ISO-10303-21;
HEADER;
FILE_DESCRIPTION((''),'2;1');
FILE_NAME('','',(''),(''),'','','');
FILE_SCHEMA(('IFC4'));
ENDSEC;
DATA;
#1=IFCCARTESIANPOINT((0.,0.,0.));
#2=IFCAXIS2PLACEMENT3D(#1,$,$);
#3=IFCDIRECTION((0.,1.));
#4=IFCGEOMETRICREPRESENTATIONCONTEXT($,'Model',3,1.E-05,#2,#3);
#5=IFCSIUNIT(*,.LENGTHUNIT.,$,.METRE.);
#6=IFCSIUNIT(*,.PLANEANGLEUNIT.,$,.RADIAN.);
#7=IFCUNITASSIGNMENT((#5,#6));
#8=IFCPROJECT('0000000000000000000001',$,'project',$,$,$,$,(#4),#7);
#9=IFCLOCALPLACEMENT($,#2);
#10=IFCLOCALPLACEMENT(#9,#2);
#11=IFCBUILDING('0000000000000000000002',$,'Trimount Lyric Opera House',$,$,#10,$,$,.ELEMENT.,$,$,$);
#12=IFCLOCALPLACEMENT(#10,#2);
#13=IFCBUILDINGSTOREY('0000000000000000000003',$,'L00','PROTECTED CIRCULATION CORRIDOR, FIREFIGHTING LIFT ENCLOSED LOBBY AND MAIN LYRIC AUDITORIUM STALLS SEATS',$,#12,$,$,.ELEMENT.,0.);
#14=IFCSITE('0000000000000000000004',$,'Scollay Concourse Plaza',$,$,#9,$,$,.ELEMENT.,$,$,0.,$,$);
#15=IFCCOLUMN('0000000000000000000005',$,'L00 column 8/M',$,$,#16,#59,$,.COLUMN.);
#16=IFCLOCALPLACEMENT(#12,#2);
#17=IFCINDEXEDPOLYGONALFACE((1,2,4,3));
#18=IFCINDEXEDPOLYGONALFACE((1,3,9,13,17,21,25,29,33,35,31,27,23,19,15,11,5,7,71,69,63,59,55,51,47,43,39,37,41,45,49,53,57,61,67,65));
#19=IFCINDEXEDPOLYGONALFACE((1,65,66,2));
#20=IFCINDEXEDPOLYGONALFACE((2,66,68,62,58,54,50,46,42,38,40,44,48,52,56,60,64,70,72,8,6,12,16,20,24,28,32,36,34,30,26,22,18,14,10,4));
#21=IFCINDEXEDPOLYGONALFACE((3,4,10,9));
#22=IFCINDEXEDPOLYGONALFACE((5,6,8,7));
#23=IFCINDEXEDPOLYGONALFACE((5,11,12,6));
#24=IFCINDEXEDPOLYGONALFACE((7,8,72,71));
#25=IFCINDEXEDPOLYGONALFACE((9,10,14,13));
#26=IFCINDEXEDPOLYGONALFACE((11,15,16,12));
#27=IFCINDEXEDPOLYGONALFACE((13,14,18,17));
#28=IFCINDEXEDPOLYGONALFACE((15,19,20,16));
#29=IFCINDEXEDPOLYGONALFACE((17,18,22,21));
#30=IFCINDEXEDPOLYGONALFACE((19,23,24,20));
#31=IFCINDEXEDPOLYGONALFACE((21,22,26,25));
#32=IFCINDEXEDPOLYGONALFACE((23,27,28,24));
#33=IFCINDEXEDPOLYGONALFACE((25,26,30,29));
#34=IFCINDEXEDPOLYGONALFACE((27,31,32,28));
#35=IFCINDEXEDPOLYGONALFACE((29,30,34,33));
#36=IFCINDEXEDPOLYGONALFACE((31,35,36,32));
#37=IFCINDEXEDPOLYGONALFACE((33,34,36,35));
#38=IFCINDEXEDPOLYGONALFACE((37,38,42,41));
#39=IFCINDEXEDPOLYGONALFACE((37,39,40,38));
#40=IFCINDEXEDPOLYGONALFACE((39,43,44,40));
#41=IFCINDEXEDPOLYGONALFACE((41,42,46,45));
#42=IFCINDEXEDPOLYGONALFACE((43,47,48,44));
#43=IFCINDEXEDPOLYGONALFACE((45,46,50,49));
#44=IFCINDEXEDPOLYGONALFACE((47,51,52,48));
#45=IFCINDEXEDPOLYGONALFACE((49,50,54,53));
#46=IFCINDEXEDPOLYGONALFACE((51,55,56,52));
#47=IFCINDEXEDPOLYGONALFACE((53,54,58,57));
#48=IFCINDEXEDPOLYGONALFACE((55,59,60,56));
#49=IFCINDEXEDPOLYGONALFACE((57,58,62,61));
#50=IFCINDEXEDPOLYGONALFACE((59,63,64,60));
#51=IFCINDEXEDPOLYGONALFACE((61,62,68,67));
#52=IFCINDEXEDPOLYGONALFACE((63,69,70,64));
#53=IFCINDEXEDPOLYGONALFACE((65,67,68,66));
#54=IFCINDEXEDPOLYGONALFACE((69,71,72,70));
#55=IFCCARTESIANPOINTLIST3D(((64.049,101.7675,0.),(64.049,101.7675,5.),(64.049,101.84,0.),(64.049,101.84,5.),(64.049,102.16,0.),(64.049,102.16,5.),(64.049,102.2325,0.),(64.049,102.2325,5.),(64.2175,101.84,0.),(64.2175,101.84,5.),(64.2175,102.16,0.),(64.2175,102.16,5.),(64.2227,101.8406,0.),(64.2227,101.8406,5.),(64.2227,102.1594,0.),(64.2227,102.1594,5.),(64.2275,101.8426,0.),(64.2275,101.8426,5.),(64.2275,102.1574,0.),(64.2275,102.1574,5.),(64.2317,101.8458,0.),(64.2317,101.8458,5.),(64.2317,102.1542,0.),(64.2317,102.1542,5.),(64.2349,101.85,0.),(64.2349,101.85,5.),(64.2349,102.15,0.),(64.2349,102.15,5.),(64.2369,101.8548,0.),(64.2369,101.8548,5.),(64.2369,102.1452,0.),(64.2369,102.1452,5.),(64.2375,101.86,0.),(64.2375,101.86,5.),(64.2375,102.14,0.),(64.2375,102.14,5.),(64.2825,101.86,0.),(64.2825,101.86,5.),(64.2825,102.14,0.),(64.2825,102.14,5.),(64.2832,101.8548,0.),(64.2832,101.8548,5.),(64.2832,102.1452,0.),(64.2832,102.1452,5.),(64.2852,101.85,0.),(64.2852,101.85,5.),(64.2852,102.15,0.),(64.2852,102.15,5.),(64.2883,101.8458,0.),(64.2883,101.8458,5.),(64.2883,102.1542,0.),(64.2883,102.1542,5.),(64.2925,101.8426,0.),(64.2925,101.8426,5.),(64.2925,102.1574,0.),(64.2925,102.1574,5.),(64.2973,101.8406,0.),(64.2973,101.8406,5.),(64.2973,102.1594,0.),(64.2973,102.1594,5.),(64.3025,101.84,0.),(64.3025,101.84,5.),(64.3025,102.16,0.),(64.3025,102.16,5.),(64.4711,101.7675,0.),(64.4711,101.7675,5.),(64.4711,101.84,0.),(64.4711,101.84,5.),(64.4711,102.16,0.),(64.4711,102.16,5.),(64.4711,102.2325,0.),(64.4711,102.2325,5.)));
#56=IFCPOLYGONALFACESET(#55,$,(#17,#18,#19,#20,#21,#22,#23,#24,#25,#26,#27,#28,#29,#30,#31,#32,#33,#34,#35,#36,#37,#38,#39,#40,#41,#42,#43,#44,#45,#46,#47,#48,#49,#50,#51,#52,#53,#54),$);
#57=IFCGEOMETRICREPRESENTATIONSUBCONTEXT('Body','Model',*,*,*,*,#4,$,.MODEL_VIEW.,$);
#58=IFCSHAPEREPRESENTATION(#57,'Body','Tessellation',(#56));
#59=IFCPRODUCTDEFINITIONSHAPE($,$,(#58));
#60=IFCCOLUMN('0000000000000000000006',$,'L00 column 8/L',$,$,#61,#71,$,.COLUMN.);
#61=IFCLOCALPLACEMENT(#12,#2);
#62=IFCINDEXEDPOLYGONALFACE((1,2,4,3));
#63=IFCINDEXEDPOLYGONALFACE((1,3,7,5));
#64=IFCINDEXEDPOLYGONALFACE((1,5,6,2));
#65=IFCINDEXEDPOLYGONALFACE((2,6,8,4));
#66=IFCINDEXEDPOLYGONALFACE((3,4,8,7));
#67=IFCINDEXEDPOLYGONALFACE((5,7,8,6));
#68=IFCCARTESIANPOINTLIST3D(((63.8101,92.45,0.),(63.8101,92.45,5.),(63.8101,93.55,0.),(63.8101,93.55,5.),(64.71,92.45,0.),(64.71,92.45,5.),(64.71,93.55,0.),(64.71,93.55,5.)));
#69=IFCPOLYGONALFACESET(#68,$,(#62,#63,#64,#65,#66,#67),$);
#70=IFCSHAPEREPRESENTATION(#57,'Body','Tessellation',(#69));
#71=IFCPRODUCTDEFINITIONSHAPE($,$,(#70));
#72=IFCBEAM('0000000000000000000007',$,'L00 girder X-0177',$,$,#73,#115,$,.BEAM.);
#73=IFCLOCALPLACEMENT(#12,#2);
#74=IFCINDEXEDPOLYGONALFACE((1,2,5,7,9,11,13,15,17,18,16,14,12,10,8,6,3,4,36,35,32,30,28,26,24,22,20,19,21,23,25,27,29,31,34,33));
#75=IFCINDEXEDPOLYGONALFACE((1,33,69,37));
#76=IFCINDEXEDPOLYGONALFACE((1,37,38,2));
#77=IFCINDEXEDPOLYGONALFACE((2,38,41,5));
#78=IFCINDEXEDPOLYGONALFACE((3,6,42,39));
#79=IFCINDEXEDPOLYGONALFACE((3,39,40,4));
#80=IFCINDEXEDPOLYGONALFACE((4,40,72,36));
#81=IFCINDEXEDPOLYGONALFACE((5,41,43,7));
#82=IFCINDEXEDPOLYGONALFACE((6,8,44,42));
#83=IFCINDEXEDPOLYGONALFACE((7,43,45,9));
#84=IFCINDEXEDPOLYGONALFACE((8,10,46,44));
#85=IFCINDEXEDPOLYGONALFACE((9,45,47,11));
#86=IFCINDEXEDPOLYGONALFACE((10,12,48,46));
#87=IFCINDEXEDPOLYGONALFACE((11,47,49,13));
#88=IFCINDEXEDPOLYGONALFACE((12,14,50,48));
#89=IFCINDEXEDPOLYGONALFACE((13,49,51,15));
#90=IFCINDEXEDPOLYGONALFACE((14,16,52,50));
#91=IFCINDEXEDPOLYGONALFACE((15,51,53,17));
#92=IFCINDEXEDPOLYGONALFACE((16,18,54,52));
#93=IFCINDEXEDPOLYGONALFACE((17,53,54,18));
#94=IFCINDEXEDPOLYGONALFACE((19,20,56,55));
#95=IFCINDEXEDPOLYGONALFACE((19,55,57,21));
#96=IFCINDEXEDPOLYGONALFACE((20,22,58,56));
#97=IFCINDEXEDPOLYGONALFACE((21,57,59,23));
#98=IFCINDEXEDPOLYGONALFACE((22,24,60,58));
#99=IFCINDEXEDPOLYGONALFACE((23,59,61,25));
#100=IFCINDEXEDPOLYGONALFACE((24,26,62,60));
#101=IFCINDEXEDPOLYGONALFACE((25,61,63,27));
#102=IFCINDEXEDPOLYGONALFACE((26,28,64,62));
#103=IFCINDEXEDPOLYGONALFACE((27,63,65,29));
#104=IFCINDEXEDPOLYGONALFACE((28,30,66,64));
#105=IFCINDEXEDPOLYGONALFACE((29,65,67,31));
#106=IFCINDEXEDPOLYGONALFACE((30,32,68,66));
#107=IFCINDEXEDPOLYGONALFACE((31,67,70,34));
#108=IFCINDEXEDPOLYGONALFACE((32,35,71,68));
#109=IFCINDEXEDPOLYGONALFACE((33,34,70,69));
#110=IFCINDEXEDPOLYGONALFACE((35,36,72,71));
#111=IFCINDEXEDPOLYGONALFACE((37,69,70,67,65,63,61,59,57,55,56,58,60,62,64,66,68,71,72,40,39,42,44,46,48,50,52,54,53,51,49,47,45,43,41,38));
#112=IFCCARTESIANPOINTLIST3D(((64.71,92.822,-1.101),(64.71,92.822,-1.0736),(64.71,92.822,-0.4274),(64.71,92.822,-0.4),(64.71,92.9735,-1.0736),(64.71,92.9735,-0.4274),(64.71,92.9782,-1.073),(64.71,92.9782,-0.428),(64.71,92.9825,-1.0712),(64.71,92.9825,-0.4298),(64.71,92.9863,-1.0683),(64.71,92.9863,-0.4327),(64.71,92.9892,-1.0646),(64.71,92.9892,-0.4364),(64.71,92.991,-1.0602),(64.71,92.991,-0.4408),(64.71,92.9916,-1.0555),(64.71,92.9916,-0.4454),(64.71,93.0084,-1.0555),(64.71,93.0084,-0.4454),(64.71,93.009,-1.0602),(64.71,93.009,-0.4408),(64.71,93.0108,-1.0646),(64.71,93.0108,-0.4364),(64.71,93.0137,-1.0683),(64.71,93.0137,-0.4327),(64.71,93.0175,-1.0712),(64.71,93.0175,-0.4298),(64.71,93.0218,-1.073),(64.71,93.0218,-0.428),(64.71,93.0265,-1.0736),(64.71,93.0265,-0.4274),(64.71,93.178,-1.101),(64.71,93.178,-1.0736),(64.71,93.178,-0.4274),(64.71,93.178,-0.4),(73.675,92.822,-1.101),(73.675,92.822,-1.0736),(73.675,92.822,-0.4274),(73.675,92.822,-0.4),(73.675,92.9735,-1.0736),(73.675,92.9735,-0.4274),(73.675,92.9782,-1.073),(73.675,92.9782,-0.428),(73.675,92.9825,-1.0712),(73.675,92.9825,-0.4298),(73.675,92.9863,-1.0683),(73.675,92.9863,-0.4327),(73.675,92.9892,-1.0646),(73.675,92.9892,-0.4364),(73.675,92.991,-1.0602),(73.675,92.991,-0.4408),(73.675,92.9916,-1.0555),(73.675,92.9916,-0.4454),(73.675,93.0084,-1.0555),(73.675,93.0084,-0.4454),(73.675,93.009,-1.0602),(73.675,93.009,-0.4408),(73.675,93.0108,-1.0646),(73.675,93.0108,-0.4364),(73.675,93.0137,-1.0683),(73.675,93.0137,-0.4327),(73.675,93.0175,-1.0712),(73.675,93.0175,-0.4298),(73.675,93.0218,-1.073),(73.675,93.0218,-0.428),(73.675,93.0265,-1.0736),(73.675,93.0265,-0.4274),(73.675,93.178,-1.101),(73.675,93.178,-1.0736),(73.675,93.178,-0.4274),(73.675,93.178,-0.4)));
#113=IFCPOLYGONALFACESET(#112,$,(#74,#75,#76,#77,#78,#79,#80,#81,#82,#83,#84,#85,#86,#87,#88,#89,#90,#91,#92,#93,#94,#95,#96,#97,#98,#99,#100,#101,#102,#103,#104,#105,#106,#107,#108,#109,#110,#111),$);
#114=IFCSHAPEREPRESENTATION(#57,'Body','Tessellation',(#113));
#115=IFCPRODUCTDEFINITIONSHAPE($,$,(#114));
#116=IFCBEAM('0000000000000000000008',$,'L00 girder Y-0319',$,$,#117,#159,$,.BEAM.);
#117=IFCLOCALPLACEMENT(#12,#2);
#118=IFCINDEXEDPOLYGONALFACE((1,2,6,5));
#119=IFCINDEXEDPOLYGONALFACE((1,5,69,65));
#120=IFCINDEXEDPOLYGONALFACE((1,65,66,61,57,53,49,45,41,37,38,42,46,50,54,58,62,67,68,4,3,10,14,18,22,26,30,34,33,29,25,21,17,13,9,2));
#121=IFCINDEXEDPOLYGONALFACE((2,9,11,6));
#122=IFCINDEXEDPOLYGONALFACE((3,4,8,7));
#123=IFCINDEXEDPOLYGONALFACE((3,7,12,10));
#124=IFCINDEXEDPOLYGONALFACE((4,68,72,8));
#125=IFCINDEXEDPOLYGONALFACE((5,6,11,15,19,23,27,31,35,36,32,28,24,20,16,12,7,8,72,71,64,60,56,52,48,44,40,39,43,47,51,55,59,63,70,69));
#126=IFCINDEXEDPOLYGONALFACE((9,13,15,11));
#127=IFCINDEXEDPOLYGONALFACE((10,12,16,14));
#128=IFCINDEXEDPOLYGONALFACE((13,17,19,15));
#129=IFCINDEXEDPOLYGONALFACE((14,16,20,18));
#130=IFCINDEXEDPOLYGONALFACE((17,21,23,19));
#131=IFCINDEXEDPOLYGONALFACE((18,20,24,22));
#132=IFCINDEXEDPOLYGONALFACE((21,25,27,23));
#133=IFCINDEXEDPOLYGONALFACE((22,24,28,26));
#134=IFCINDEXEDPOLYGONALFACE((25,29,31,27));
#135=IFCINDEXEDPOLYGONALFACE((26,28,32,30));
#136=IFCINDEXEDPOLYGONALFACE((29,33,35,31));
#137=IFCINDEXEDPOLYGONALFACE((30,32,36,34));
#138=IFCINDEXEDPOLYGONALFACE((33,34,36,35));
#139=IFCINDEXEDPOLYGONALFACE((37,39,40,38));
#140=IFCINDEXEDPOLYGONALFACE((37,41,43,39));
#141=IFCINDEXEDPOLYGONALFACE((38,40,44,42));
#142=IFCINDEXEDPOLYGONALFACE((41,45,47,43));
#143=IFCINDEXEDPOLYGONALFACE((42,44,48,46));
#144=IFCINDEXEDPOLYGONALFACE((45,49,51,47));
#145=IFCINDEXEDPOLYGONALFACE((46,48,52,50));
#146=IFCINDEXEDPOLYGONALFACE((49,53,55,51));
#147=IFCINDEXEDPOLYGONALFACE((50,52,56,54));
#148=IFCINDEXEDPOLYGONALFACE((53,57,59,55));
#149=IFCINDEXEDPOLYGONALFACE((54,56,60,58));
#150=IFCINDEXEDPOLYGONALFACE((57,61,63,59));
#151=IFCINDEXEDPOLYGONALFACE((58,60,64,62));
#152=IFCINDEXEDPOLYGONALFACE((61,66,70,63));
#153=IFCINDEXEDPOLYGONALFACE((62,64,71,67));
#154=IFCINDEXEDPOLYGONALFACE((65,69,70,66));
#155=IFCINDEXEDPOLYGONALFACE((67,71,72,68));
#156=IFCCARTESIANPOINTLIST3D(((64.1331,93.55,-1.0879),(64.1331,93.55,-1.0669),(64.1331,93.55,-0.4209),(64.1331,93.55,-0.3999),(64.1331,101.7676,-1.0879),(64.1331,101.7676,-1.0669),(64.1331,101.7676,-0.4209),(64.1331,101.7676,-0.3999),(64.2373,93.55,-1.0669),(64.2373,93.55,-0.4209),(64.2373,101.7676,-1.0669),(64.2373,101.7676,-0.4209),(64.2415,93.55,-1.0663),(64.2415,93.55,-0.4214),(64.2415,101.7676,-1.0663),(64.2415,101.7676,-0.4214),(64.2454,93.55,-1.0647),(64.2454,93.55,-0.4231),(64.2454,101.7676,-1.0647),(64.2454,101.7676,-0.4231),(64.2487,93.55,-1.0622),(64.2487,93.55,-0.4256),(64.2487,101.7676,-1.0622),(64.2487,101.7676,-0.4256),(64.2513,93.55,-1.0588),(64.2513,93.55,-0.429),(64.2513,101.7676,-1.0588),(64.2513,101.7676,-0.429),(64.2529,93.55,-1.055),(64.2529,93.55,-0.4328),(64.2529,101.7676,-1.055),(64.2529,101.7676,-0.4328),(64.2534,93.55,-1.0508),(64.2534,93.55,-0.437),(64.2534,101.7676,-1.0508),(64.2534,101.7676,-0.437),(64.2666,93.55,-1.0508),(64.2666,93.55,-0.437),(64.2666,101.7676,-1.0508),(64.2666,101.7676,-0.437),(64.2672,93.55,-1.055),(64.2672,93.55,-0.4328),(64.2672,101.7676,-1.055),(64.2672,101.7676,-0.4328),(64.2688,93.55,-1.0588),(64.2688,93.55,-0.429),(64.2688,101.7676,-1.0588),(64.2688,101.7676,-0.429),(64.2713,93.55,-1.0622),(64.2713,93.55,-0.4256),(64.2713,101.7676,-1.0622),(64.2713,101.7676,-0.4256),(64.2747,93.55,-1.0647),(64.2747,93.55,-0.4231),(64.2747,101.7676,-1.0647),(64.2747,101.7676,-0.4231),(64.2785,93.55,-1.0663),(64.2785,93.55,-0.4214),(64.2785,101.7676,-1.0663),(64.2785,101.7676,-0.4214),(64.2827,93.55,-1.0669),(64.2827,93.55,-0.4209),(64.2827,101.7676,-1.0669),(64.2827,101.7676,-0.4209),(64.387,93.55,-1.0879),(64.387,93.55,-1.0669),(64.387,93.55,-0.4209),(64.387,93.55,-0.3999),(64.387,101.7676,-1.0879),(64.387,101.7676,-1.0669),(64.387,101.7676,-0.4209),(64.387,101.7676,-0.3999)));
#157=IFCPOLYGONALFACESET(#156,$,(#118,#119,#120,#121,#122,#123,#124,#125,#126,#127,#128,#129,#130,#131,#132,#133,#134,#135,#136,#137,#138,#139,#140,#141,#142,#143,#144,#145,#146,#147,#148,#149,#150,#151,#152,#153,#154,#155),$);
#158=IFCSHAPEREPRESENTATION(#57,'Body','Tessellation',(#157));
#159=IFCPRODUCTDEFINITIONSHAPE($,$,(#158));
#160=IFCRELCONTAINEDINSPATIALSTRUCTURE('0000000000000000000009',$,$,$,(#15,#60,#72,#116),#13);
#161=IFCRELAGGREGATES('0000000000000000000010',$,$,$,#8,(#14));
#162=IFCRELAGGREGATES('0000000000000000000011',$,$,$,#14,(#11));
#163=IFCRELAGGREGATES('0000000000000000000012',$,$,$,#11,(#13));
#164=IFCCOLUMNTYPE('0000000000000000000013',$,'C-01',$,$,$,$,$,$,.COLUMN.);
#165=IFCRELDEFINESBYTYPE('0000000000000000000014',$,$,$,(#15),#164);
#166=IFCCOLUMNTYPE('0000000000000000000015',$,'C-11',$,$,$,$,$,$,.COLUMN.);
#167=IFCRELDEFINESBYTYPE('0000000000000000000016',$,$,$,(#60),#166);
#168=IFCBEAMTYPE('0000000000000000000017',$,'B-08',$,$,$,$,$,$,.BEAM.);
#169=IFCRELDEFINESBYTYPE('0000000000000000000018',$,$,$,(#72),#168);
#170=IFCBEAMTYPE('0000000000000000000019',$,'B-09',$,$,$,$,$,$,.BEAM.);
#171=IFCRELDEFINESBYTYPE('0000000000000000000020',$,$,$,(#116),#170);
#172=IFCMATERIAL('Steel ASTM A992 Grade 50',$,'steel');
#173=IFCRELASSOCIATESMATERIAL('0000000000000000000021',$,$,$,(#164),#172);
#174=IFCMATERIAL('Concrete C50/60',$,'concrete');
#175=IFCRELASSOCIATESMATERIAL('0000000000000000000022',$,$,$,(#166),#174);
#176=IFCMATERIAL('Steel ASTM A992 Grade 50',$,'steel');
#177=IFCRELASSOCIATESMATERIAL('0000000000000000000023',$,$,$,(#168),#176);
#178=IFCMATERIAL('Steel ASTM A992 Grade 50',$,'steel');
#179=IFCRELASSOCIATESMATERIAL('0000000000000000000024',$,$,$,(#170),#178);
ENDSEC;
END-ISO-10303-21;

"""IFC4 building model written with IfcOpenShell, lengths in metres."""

from ifc_helpers import new_model, si_unit, direction, frame, origin, origin_2d, place, context, subcontext, project, spatial, rectangle, i_section, extrude, material, material_profile, profile_set, type_object, element, save


model = new_model("IFC4")

# Units and contexts
model_context = context("Model", 3, precision=1e-05, world=origin(), true_north=direction((0.0, 1.0)))
body_context = subcontext(model_context, "Body", "Model", "MODEL_VIEW")
ifc_project = project(units=[si_unit("LENGTHUNIT", "METRE"), si_unit("PLANEANGLEUNIT", "RADIAN")], contexts=[model_context])

# Site, building, storey
site_placement = place(None, origin())
site = spatial("IfcSite", under=ifc_project, at=site_placement, Name="Scollay Concourse Plaza", CompositionType="ELEMENT", RefElevation=0.0)
building_placement = place(site_placement, origin())
building = spatial("IfcBuilding", under=site, at=building_placement, Name="Trimount Lyric Opera House", CompositionType="ELEMENT")
storey_placement = place(building_placement, origin())
storey = spatial("IfcBuildingStorey", under=building, at=storey_placement, Name="L00", Description="PROTECTED CIRCULATION CORRIDOR, FIREFIGHTING LIFT ENCLOSED LOBBY AND MAIN LYRIC AUDITORIUM STALLS SEATS", CompositionType="ELEMENT", Elevation=0.0)

# Columns
ifc_material_1 = material(Name="Steel ASTM A992 Grade 50", Category="steel")
ifc_material_profile_1 = material_profile(ifc_material_1, i_section(OverallWidth=0.4221, OverallDepth=0.4651, WebThickness=0.0449, FlangeThickness=0.0725, FilletRadius=0.02, at=origin_2d()), Name="W14X398")
ifc_profile_set_1 = profile_set([ifc_material_profile_1], Name="Steel ASTM A992 Grade 50")
column_type_1 = type_object("IfcColumnType", Name="C-01", PredefinedType="COLUMN", material=ifc_profile_set_1)
column_1_placement = place(storey_placement, frame((64.26, 102.0, 0.0), z_axis=(0.0, 0.0, 1.0), x_axis=(1.0, 0.0, 0.0)))
element("IfcColumn", 1, at=column_1_placement, inside=storey, type_object=column_type_1, Name="L00 column 8/M", PredefinedType="COLUMN", context=body_context, shape_type="SweptSolid", body=[
    extrude(i_section(OverallWidth=0.4221, OverallDepth=0.4651, WebThickness=0.0449, FlangeThickness=0.0725, FilletRadius=0.02, at=origin_2d()), origin(), (0.0, 0.0, 1.0), 5.0),
])
ifc_material_2 = material(Name="Concrete C50/60", Category="concrete")
ifc_material_profile_2 = material_profile(ifc_material_2, rectangle(XDim=0.8999, YDim=1.1001, at=origin_2d()), Name="RC1100X900")
ifc_profile_set_2 = profile_set([ifc_material_profile_2], Name="Concrete C50/60")
column_type_2 = type_object("IfcColumnType", Name="C-11", PredefinedType="COLUMN", material=ifc_profile_set_2)
column_2_placement = place(storey_placement, frame((64.26, 93.0, 0.0), z_axis=(0.0, 0.0, 1.0), x_axis=(1.0, 0.0, 0.0)))
element("IfcColumn", 2, at=column_2_placement, inside=storey, type_object=column_type_2, Name="L00 column 8/L", PredefinedType="COLUMN", context=body_context, shape_type="SweptSolid", body=[
    extrude(rectangle(XDim=0.8999, YDim=1.1001, at=origin_2d()), origin(), (0.0, 0.0, 1.0), 5.0),
])

# Beams
ifc_material_3 = material(Name="Steel ASTM A992 Grade 50", Category="steel")
ifc_material_profile_3 = material_profile(ifc_material_3, i_section(OverallWidth=0.356, OverallDepth=0.7009, WebThickness=0.0168, FlangeThickness=0.0273, FilletRadius=0.0181, at=origin_2d()), Name="W27X161")
ifc_profile_set_3 = profile_set([ifc_material_profile_3], Name="Steel ASTM A992 Grade 50")
beam_type_1 = type_object("IfcBeamType", Name="B-08", PredefinedType="BEAM", material=ifc_profile_set_3)
beam_1_placement = place(storey_placement, frame((64.71, 93.0, -0.7505), z_axis=(1.0, 0.0, 0.0), x_axis=(0.0, 1.0, 0.0)))
element("IfcBeam", 3, at=beam_1_placement, inside=storey, type_object=beam_type_1, Name="L00 girder X-0177", PredefinedType="BEAM", context=body_context, shape_type="SweptSolid", body=[
    extrude(i_section(OverallWidth=0.356, OverallDepth=0.7009, WebThickness=0.0168, FlangeThickness=0.0273, FilletRadius=0.0181, at=origin_2d()), origin(), (0.0, 0.0, 1.0), 8.9651),
])
ifc_material_4 = material(Name="Steel ASTM A992 Grade 50", Category="steel")
ifc_material_profile_4 = material_profile(ifc_material_4, i_section(OverallWidth=0.2539, OverallDepth=0.688, WebThickness=0.0132, FlangeThickness=0.021, FilletRadius=0.0161, at=origin_2d()), Name="W27X102")
ifc_profile_set_4 = profile_set([ifc_material_profile_4], Name="Steel ASTM A992 Grade 50")
beam_type_2 = type_object("IfcBeamType", Name="B-09", PredefinedType="BEAM", material=ifc_profile_set_4)
beam_2_placement = place(storey_placement, frame((64.26, 93.55, -0.7439), z_axis=(0.0, 1.0, 0.0), x_axis=(-1.0, 0.0, 0.0)))
element("IfcBeam", 4, at=beam_2_placement, inside=storey, type_object=beam_type_2, Name="L00 girder Y-0319", PredefinedType="BEAM", context=body_context, shape_type="SweptSolid", body=[
    extrude(i_section(OverallWidth=0.2539, OverallDepth=0.688, WebThickness=0.0132, FlangeThickness=0.021, FilletRadius=0.0161, at=origin_2d()), origin(), (0.0, 0.0, 1.0), 8.2175),
])

save(model, "model.ifc")
